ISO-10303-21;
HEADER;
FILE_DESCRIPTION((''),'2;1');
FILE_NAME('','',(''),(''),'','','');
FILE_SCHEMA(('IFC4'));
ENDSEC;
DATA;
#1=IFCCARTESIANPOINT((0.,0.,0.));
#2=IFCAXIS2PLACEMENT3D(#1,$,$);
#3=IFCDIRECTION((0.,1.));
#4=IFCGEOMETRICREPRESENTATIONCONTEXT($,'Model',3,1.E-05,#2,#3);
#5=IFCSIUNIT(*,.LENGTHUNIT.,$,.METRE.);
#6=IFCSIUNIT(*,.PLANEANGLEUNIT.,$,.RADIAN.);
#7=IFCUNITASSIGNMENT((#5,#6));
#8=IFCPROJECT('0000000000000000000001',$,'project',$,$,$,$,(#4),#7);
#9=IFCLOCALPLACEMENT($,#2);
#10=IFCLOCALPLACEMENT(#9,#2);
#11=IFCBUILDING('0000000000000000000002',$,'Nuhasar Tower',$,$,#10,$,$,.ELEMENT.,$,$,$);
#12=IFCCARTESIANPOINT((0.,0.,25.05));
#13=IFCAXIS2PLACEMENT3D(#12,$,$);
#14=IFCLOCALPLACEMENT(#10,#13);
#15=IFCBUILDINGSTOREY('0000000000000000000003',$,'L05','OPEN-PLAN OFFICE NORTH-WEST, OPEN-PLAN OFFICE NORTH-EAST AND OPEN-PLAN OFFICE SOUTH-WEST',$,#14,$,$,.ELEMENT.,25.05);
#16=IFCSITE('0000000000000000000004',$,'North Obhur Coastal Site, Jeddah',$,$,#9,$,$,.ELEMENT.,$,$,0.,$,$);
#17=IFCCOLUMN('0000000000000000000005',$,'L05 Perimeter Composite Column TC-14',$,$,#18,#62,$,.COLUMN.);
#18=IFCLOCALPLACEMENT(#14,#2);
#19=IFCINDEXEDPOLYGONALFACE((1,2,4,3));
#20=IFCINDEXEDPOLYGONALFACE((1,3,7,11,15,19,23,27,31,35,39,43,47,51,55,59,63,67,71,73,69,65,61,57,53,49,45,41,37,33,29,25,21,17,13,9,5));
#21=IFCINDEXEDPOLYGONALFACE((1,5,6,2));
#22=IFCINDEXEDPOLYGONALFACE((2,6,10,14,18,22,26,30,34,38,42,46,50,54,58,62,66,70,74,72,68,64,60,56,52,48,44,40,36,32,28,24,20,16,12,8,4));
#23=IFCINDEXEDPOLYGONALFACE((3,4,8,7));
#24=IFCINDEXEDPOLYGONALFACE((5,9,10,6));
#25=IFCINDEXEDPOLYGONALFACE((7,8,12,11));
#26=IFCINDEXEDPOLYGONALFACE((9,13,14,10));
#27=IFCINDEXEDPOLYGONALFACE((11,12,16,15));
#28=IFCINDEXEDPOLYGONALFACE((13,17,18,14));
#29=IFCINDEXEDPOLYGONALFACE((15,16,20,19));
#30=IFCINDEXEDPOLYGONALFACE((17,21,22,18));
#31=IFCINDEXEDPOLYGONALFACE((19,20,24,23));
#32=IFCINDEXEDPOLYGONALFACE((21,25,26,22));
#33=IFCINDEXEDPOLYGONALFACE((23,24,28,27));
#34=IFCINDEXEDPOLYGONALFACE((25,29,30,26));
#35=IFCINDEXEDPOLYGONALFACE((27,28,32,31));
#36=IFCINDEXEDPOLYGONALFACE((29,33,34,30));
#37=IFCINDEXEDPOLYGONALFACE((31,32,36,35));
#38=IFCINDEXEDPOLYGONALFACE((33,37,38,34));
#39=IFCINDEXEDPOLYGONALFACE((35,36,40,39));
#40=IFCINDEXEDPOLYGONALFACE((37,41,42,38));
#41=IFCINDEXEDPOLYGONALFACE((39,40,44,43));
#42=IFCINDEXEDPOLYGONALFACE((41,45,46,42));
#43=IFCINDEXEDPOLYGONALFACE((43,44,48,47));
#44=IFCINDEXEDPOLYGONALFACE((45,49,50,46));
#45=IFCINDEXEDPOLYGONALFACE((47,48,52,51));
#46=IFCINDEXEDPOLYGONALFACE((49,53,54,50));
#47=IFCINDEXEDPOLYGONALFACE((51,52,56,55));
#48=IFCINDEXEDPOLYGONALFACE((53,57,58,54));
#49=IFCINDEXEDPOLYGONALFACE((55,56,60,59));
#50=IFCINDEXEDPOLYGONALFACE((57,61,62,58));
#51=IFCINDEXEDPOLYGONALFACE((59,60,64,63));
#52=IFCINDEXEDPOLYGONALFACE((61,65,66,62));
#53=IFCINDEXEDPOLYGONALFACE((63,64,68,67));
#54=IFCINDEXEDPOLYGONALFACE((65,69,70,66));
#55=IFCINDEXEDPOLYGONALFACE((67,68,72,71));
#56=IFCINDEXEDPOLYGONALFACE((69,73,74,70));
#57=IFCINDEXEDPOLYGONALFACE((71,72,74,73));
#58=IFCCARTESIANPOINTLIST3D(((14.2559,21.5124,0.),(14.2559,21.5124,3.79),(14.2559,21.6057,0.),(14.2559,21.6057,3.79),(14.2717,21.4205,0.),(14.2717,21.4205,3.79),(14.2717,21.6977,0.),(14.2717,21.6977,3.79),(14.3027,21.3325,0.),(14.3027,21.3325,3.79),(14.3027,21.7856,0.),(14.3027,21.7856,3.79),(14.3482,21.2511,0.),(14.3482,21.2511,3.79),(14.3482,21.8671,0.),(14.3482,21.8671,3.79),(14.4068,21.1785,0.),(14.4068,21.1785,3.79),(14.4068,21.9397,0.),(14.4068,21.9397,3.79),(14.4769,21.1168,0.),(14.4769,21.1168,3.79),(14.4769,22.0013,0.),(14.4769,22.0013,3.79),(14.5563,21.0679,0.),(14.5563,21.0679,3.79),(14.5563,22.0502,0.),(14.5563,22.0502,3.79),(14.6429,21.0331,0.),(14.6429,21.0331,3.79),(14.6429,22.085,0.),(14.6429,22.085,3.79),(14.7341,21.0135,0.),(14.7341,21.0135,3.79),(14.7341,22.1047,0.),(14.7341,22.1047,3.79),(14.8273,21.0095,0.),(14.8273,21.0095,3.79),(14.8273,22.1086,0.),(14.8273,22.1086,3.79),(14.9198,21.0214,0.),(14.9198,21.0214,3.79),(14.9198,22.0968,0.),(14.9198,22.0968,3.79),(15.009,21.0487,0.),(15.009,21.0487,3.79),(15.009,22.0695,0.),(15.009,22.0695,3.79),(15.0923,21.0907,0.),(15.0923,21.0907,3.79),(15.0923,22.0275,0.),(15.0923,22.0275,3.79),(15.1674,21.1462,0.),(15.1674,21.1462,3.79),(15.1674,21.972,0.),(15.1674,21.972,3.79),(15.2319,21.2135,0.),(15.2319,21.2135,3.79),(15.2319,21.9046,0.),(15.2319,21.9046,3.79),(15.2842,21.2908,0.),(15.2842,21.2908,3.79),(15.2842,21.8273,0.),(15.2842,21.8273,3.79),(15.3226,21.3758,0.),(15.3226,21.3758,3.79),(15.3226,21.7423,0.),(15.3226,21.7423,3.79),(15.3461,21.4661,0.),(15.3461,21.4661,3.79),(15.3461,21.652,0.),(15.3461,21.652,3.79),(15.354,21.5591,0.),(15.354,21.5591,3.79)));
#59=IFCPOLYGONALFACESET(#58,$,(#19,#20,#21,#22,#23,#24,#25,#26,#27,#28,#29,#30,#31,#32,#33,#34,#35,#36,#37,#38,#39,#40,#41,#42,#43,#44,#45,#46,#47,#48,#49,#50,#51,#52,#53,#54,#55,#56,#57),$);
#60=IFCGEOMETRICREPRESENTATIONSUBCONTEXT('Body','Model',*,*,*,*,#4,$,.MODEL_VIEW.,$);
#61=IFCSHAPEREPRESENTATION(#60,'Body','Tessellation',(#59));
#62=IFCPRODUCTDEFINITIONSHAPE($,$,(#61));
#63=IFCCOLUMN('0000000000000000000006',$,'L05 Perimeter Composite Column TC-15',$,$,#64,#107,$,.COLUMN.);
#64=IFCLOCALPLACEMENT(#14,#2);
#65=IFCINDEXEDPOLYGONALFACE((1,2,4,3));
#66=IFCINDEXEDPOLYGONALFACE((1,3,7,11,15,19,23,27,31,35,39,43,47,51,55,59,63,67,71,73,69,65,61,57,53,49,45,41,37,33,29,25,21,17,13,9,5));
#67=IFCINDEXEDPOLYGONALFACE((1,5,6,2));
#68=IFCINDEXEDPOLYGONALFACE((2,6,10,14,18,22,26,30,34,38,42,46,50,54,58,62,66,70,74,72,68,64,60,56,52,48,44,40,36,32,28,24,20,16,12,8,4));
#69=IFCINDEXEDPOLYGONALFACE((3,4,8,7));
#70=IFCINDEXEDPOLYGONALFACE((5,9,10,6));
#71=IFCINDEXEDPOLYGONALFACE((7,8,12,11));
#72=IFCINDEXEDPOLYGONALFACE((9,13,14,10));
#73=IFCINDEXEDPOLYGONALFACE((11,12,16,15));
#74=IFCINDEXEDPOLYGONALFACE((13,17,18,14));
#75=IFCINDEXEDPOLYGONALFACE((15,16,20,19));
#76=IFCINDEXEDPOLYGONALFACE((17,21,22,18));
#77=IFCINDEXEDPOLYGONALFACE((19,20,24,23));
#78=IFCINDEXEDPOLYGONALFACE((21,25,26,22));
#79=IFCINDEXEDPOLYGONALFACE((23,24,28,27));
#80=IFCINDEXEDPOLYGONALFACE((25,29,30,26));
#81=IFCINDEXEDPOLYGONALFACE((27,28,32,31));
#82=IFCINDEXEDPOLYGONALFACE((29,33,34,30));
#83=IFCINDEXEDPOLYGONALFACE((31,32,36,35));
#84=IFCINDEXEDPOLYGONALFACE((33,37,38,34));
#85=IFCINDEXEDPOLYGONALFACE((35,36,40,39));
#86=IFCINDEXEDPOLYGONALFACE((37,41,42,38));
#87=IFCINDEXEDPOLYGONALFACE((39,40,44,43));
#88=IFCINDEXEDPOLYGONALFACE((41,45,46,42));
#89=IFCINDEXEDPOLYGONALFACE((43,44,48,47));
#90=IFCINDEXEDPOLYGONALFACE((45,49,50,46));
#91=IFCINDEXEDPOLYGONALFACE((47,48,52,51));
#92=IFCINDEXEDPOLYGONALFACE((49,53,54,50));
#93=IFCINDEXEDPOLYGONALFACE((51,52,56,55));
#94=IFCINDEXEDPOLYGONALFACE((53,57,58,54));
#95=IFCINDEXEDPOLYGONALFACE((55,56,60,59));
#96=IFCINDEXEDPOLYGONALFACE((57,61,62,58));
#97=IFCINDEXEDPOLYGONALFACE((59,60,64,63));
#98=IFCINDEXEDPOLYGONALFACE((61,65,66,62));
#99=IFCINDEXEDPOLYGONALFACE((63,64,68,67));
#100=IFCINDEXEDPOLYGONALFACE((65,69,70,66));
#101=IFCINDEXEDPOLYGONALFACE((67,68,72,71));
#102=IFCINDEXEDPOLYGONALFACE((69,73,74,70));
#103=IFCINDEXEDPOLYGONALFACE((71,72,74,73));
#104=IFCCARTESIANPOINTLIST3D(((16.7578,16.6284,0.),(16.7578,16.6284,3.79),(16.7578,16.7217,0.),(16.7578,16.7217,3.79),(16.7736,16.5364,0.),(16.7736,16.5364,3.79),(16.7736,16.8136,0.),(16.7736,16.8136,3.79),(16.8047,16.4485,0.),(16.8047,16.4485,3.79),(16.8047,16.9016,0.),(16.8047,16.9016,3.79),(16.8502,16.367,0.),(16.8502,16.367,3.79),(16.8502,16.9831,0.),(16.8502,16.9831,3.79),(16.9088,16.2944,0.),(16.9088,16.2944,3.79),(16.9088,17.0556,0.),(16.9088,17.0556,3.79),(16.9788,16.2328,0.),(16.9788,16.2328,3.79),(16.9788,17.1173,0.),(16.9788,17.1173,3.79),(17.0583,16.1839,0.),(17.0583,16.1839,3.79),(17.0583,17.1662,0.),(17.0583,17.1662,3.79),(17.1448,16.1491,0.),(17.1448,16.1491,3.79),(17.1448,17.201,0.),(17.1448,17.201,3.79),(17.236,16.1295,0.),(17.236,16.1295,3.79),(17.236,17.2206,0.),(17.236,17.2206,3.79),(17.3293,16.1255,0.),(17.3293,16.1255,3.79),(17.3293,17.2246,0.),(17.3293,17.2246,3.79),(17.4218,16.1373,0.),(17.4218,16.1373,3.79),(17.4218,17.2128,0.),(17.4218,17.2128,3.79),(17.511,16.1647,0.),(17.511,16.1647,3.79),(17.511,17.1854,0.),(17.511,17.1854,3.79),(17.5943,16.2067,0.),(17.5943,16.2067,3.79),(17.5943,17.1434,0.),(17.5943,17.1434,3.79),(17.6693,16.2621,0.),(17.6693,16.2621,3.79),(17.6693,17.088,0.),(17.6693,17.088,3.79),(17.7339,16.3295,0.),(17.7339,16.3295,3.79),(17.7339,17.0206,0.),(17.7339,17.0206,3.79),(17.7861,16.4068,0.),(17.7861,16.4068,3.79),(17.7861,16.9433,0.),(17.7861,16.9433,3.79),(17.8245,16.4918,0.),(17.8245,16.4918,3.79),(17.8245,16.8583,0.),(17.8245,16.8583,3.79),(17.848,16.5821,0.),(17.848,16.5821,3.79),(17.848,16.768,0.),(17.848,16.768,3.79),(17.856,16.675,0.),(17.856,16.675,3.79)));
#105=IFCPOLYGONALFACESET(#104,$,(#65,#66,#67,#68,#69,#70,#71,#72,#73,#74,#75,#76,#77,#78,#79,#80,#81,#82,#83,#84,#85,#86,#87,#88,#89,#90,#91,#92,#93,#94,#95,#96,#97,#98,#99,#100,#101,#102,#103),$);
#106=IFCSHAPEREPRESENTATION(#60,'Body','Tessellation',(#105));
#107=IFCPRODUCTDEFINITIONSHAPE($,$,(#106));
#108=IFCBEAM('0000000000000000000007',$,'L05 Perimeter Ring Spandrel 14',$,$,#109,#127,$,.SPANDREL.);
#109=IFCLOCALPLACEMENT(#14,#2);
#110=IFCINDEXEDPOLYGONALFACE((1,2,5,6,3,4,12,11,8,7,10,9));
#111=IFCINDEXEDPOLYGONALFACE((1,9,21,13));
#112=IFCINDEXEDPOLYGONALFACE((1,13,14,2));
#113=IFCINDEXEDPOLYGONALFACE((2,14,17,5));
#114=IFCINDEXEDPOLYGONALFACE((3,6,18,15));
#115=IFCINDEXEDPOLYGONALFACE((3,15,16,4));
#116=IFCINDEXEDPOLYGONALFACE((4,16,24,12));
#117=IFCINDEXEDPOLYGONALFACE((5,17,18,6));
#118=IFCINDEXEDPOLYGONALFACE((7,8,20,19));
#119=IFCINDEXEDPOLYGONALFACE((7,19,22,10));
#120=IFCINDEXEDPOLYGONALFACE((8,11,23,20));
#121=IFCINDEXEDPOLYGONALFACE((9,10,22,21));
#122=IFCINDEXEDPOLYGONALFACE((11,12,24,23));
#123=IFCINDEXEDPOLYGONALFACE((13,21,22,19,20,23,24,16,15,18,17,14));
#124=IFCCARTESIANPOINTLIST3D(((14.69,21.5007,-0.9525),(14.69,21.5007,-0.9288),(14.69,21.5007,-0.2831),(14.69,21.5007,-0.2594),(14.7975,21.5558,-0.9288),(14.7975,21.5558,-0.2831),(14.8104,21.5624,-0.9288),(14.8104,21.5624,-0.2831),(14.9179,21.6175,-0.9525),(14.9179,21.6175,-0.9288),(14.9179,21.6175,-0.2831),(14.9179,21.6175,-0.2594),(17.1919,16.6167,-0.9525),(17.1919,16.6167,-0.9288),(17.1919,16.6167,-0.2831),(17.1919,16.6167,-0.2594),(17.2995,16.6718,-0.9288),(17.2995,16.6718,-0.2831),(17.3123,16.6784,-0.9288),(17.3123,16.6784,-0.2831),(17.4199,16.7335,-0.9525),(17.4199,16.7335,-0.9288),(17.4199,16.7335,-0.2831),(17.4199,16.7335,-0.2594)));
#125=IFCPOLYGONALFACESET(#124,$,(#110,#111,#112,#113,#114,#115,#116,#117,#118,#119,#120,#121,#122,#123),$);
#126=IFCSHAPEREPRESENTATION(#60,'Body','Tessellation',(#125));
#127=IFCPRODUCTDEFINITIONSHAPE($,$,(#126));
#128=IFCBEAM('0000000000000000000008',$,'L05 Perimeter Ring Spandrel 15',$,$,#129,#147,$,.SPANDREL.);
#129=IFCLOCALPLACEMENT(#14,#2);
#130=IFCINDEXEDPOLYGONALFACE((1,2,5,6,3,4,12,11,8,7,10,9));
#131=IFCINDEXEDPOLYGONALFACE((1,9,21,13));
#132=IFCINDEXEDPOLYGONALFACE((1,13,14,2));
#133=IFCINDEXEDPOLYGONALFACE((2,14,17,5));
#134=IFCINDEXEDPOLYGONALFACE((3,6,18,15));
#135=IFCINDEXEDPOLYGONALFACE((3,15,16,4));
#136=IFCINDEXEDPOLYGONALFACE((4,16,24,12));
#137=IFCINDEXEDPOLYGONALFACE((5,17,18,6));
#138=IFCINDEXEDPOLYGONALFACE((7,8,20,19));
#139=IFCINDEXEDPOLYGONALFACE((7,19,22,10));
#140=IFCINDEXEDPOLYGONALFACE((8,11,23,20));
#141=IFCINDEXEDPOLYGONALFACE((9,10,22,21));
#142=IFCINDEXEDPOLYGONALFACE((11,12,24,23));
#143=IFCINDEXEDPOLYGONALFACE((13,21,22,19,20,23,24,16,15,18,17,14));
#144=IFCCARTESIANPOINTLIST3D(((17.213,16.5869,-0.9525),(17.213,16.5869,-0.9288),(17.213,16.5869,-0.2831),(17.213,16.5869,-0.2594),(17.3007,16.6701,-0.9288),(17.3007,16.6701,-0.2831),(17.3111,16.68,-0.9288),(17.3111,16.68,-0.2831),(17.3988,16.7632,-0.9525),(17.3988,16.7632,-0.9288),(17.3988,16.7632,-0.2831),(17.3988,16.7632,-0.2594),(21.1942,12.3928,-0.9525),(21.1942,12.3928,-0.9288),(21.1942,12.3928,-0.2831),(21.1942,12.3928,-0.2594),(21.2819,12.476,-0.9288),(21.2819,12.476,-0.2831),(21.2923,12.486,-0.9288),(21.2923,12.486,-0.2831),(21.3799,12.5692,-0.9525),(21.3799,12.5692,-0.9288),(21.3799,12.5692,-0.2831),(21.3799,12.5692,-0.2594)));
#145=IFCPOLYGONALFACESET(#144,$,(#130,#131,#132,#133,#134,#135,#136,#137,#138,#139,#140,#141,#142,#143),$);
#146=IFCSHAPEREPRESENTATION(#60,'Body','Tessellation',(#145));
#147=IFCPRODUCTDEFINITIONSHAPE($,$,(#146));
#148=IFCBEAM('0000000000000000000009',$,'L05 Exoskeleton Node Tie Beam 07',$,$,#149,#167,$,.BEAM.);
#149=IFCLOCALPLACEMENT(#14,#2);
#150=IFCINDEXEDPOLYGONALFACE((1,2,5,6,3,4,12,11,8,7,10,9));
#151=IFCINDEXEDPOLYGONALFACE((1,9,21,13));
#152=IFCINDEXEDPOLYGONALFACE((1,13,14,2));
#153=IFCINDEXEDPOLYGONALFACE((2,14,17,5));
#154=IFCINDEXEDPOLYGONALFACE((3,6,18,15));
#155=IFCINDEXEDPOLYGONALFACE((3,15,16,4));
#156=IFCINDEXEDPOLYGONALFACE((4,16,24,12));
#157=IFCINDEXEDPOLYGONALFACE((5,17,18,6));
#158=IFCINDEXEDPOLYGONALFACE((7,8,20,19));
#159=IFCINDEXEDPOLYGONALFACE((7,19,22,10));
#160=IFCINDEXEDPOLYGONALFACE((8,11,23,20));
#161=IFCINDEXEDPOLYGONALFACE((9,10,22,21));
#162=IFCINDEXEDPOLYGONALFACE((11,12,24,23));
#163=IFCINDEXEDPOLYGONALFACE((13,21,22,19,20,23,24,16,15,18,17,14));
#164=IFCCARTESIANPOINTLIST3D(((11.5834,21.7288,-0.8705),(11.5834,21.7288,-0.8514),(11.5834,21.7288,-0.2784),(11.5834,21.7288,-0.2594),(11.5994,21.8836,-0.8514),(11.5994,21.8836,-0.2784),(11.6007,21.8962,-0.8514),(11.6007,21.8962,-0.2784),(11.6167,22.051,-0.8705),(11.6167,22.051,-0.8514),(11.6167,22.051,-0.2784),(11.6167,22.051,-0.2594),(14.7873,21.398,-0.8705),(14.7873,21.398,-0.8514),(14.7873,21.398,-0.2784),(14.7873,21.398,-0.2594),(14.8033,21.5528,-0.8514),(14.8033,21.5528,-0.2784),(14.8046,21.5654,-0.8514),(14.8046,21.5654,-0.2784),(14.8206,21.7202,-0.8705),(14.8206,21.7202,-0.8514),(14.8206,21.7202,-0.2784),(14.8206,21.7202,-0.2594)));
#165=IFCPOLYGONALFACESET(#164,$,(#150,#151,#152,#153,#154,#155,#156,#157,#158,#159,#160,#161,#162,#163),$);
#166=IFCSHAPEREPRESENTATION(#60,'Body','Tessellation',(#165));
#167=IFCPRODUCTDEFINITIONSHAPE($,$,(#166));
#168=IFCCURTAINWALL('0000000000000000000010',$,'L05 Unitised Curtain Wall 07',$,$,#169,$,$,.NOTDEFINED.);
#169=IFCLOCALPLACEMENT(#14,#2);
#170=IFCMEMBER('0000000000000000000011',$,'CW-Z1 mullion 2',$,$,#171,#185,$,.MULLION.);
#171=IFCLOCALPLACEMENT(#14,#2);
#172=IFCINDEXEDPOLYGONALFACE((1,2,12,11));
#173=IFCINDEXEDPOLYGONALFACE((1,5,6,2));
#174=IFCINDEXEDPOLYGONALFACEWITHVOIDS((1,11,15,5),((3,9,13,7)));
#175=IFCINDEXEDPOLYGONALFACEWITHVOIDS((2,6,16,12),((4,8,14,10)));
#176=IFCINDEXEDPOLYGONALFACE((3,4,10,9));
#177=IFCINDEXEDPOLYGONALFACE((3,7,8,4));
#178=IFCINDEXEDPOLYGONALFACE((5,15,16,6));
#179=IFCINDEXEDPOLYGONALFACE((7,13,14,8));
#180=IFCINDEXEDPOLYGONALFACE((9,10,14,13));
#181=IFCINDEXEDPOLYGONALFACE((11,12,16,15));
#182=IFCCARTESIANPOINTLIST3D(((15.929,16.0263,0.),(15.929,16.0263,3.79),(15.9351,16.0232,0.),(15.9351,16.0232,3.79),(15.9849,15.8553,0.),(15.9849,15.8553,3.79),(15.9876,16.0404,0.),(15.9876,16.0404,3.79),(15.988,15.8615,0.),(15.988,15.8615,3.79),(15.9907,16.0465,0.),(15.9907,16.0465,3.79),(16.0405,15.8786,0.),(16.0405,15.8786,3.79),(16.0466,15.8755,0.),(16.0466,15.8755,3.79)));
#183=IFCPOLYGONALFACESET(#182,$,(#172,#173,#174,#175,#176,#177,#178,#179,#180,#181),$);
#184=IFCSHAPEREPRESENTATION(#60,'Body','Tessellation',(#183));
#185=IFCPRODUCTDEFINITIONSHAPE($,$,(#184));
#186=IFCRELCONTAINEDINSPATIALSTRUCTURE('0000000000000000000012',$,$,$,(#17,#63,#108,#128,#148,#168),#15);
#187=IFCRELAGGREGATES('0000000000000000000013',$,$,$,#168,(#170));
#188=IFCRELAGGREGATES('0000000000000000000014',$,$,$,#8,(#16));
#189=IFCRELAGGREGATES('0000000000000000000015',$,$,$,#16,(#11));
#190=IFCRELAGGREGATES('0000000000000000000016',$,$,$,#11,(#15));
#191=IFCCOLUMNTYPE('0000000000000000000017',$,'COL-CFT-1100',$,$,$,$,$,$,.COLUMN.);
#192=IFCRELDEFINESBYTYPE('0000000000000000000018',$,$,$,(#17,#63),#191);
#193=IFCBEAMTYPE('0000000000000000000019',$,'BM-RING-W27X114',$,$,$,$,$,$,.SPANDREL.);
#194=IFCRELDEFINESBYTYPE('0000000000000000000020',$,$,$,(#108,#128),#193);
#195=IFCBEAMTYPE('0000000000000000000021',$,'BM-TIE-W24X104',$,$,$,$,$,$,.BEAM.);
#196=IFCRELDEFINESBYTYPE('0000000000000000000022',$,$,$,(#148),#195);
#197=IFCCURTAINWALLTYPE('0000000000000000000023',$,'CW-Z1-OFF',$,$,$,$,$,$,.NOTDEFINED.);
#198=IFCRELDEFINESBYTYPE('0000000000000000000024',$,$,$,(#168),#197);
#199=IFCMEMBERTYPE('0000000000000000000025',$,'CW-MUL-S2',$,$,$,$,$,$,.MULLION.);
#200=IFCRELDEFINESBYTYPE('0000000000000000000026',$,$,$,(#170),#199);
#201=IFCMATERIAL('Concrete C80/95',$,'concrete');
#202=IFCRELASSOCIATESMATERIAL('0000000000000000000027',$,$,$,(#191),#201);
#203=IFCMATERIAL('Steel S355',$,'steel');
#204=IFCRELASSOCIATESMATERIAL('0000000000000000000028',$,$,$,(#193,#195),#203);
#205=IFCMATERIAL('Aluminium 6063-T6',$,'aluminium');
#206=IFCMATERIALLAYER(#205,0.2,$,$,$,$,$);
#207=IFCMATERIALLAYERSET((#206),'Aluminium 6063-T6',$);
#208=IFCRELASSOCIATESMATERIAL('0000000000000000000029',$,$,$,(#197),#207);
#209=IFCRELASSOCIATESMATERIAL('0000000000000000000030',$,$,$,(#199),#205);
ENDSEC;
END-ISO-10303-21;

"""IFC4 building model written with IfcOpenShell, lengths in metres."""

from ifc_helpers import new_model, si_unit, direction, frame, origin, origin_2d, place, context, subcontext, project, spatial, hollow_rectangle, circle, i_section, extrude, material, layer, layer_set, material_profile, profile_set, type_object, element, aggregate, save


model = new_model("IFC4")

# Units and contexts
model_context = context("Model", 3, precision=1e-05, world=origin(), true_north=direction((0.0, 1.0)))
body_context = subcontext(model_context, "Body", "Model", "MODEL_VIEW")
ifc_project = project(units=[si_unit("LENGTHUNIT", "METRE"), si_unit("PLANEANGLEUNIT", "RADIAN")], contexts=[model_context])

# Site, building, storey
site_placement = place(None, origin())
site = spatial("IfcSite", under=ifc_project, at=site_placement, Name="North Obhur Coastal Site, Jeddah", CompositionType="ELEMENT", RefElevation=0.0)
building_placement = place(site_placement, origin())
building = spatial("IfcBuilding", under=site, at=building_placement, Name="Nuhasar Tower", CompositionType="ELEMENT")
storey_placement = place(building_placement, frame((0.0, 0.0, 25.05)))
storey = spatial("IfcBuildingStorey", under=building, at=storey_placement, Name="L05", Description="OPEN-PLAN OFFICE NORTH-WEST, OPEN-PLAN OFFICE NORTH-EAST AND OPEN-PLAN OFFICE SOUTH-WEST", CompositionType="ELEMENT", Elevation=25.05)

# Columns
ifc_material_1 = material(Name="Concrete C80/95", Category="concrete")
ifc_material_profile_1 = material_profile(ifc_material_1, circle(Radius=0.55, at=origin_2d()), Name="CFT1100")
ifc_profile_set_1 = profile_set([ifc_material_profile_1], Name="Concrete C80/95")
column_type = type_object("IfcColumnType", Name="COL-CFT-1100", PredefinedType="COLUMN", material=ifc_profile_set_1)
for number, where, z_axis, x_axis, name in (
    (1, (14.804, 21.5591, 0.0), (0.0, 0.0, 1.0), (1.0, 0.0, 0.0), "L05 Perimeter Composite Column TC-14"),
    (2, (17.3059, 16.675, 0.0), (0.0, 0.0, 1.0), (1.0, 0.0, 0.0), "L05 Perimeter Composite Column TC-15"),
):
    element("IfcColumn", number, at=place(storey_placement, frame(where, z_axis=z_axis, x_axis=x_axis)), inside=storey, type_object=column_type, Name=name, PredefinedType="COLUMN", context=body_context, shape_type="SweptSolid", body=[
        extrude(circle(Radius=0.55, at=origin_2d()), origin(), (0.0, 0.0, 1.0), 3.79),
    ])

# Beams
ifc_material_2 = material(Name="Steel S355", Category="steel")
ifc_material_profile_2 = material_profile(ifc_material_2, i_section(OverallWidth=0.2561, OverallDepth=0.6931, WebThickness=0.0144, FlangeThickness=0.0237, at=origin_2d()), Name="W27X114")
ifc_profile_set_2 = profile_set([ifc_material_profile_2], Name="Steel S355")
beam_type_1 = type_object("IfcBeamType", Name="BM-RING-W27X114", PredefinedType="SPANDREL", material=ifc_profile_set_2)
beam_1_placement = place(storey_placement, frame((14.804, 21.5591, -0.606), z_axis=(0.45593, -0.890016, 0.0), x_axis=(0.890016, 0.45593, 0.0)))
element("IfcBeam", 3, at=beam_1_placement, inside=storey, type_object=beam_type_1, Name="L05 Perimeter Ring Spandrel 14", PredefinedType="SPANDREL", context=body_context, shape_type="SweptSolid", body=[
    extrude(i_section(OverallWidth=0.2561, OverallDepth=0.6931, WebThickness=0.0144, FlangeThickness=0.0237, at=origin_2d()), origin(), (0.0, 0.0, 1.0), 5.4875),
])
beam_2_placement = place(storey_placement, frame((17.3059, 16.675, -0.606), z_axis=(0.68846, -0.725274, 0.0), x_axis=(0.725274, 0.68846, 0.0)))
element("IfcBeam", 4, at=beam_2_placement, inside=storey, type_object=beam_type_1, Name="L05 Perimeter Ring Spandrel 15", PredefinedType="SPANDREL", context=body_context, shape_type="SweptSolid", body=[
    extrude(i_section(OverallWidth=0.2561, OverallDepth=0.6931, WebThickness=0.0144, FlangeThickness=0.0237, at=origin_2d()), origin(), (0.0, 0.0, 1.0), 5.7827),
])
ifc_material_profile_3 = material_profile(ifc_material_2, i_section(OverallWidth=0.324, OverallDepth=0.6111, WebThickness=0.0127, FlangeThickness=0.019, at=origin_2d()), Name="W24X104")
ifc_profile_set_3 = profile_set([ifc_material_profile_3], Name="Steel S355")
beam_type_2 = type_object("IfcBeamType", Name="BM-TIE-W24X104", PredefinedType="BEAM", material=ifc_profile_set_3)
beam_3_placement = place(storey_placement, frame((14.804, 21.5591, -0.5649), z_axis=(-0.994712, 0.102708, 0.0), x_axis=(-0.102708, -0.994712, 0.0)))
element("IfcBeam", 5, at=beam_3_placement, inside=storey, type_object=beam_type_2, Name="L05 Exoskeleton Node Tie Beam 07", PredefinedType="BEAM", context=body_context, shape_type="SweptSolid", body=[
    extrude(i_section(OverallWidth=0.324, OverallDepth=0.6111, WebThickness=0.0127, FlangeThickness=0.019, at=origin_2d()), origin(), (0.0, 0.0, 1.0), 3.2209),
])

# Curtain wall, member
ifc_material_3 = material(Name="Aluminium 6063-T6", Category="aluminium")
ifc_layer_1 = layer(ifc_material_3, 0.2)
ifc_layer_set_1 = layer_set([ifc_layer_1], Name="Aluminium 6063-T6")
curtain_wall_type = type_object("IfcCurtainWallType", Name="CW-Z1-OFF", PredefinedType="NOTDEFINED", material=ifc_layer_set_1)
curtain_wall_1_placement = place(storey_placement, origin())
curtain_wall_1 = element("IfcCurtainWall", 6, at=curtain_wall_1_placement, inside=storey, type_object=curtain_wall_type, Name="L05 Unitised Curtain Wall 07", PredefinedType="NOTDEFINED")
ifc_material_profile_4 = material_profile(ifc_material_3, hollow_rectangle(XDim=0.0649, YDim=0.1799, WallThickness=0.0049, at=origin_2d()), Name="CWM-2")
ifc_profile_set_4 = profile_set([ifc_material_profile_4], Name="Aluminium 6063-T6")
member_type_1 = type_object("IfcMemberType", Name="CW-MUL-S2", PredefinedType="MULLION", material=ifc_profile_set_4)
member_1_placement = place(storey_placement, frame((15.9878, 15.9509, 0.0), z_axis=(0.0, 0.0, 1.0), x_axis=(0.950468, 0.310824, 0.0)))
member_1 = element("IfcMember", 7, at=member_1_placement, type_object=member_type_1, Name="CW-Z1 mullion 2", PredefinedType="MULLION", context=body_context, shape_type="SweptSolid", body=[
    extrude(hollow_rectangle(XDim=0.0649, YDim=0.1799, WallThickness=0.0049, at=origin_2d()), origin(), (0.0, 0.0, 1.0), 3.79),
])

aggregate(curtain_wall_1, [member_1])

save(model, "model.ifc")
